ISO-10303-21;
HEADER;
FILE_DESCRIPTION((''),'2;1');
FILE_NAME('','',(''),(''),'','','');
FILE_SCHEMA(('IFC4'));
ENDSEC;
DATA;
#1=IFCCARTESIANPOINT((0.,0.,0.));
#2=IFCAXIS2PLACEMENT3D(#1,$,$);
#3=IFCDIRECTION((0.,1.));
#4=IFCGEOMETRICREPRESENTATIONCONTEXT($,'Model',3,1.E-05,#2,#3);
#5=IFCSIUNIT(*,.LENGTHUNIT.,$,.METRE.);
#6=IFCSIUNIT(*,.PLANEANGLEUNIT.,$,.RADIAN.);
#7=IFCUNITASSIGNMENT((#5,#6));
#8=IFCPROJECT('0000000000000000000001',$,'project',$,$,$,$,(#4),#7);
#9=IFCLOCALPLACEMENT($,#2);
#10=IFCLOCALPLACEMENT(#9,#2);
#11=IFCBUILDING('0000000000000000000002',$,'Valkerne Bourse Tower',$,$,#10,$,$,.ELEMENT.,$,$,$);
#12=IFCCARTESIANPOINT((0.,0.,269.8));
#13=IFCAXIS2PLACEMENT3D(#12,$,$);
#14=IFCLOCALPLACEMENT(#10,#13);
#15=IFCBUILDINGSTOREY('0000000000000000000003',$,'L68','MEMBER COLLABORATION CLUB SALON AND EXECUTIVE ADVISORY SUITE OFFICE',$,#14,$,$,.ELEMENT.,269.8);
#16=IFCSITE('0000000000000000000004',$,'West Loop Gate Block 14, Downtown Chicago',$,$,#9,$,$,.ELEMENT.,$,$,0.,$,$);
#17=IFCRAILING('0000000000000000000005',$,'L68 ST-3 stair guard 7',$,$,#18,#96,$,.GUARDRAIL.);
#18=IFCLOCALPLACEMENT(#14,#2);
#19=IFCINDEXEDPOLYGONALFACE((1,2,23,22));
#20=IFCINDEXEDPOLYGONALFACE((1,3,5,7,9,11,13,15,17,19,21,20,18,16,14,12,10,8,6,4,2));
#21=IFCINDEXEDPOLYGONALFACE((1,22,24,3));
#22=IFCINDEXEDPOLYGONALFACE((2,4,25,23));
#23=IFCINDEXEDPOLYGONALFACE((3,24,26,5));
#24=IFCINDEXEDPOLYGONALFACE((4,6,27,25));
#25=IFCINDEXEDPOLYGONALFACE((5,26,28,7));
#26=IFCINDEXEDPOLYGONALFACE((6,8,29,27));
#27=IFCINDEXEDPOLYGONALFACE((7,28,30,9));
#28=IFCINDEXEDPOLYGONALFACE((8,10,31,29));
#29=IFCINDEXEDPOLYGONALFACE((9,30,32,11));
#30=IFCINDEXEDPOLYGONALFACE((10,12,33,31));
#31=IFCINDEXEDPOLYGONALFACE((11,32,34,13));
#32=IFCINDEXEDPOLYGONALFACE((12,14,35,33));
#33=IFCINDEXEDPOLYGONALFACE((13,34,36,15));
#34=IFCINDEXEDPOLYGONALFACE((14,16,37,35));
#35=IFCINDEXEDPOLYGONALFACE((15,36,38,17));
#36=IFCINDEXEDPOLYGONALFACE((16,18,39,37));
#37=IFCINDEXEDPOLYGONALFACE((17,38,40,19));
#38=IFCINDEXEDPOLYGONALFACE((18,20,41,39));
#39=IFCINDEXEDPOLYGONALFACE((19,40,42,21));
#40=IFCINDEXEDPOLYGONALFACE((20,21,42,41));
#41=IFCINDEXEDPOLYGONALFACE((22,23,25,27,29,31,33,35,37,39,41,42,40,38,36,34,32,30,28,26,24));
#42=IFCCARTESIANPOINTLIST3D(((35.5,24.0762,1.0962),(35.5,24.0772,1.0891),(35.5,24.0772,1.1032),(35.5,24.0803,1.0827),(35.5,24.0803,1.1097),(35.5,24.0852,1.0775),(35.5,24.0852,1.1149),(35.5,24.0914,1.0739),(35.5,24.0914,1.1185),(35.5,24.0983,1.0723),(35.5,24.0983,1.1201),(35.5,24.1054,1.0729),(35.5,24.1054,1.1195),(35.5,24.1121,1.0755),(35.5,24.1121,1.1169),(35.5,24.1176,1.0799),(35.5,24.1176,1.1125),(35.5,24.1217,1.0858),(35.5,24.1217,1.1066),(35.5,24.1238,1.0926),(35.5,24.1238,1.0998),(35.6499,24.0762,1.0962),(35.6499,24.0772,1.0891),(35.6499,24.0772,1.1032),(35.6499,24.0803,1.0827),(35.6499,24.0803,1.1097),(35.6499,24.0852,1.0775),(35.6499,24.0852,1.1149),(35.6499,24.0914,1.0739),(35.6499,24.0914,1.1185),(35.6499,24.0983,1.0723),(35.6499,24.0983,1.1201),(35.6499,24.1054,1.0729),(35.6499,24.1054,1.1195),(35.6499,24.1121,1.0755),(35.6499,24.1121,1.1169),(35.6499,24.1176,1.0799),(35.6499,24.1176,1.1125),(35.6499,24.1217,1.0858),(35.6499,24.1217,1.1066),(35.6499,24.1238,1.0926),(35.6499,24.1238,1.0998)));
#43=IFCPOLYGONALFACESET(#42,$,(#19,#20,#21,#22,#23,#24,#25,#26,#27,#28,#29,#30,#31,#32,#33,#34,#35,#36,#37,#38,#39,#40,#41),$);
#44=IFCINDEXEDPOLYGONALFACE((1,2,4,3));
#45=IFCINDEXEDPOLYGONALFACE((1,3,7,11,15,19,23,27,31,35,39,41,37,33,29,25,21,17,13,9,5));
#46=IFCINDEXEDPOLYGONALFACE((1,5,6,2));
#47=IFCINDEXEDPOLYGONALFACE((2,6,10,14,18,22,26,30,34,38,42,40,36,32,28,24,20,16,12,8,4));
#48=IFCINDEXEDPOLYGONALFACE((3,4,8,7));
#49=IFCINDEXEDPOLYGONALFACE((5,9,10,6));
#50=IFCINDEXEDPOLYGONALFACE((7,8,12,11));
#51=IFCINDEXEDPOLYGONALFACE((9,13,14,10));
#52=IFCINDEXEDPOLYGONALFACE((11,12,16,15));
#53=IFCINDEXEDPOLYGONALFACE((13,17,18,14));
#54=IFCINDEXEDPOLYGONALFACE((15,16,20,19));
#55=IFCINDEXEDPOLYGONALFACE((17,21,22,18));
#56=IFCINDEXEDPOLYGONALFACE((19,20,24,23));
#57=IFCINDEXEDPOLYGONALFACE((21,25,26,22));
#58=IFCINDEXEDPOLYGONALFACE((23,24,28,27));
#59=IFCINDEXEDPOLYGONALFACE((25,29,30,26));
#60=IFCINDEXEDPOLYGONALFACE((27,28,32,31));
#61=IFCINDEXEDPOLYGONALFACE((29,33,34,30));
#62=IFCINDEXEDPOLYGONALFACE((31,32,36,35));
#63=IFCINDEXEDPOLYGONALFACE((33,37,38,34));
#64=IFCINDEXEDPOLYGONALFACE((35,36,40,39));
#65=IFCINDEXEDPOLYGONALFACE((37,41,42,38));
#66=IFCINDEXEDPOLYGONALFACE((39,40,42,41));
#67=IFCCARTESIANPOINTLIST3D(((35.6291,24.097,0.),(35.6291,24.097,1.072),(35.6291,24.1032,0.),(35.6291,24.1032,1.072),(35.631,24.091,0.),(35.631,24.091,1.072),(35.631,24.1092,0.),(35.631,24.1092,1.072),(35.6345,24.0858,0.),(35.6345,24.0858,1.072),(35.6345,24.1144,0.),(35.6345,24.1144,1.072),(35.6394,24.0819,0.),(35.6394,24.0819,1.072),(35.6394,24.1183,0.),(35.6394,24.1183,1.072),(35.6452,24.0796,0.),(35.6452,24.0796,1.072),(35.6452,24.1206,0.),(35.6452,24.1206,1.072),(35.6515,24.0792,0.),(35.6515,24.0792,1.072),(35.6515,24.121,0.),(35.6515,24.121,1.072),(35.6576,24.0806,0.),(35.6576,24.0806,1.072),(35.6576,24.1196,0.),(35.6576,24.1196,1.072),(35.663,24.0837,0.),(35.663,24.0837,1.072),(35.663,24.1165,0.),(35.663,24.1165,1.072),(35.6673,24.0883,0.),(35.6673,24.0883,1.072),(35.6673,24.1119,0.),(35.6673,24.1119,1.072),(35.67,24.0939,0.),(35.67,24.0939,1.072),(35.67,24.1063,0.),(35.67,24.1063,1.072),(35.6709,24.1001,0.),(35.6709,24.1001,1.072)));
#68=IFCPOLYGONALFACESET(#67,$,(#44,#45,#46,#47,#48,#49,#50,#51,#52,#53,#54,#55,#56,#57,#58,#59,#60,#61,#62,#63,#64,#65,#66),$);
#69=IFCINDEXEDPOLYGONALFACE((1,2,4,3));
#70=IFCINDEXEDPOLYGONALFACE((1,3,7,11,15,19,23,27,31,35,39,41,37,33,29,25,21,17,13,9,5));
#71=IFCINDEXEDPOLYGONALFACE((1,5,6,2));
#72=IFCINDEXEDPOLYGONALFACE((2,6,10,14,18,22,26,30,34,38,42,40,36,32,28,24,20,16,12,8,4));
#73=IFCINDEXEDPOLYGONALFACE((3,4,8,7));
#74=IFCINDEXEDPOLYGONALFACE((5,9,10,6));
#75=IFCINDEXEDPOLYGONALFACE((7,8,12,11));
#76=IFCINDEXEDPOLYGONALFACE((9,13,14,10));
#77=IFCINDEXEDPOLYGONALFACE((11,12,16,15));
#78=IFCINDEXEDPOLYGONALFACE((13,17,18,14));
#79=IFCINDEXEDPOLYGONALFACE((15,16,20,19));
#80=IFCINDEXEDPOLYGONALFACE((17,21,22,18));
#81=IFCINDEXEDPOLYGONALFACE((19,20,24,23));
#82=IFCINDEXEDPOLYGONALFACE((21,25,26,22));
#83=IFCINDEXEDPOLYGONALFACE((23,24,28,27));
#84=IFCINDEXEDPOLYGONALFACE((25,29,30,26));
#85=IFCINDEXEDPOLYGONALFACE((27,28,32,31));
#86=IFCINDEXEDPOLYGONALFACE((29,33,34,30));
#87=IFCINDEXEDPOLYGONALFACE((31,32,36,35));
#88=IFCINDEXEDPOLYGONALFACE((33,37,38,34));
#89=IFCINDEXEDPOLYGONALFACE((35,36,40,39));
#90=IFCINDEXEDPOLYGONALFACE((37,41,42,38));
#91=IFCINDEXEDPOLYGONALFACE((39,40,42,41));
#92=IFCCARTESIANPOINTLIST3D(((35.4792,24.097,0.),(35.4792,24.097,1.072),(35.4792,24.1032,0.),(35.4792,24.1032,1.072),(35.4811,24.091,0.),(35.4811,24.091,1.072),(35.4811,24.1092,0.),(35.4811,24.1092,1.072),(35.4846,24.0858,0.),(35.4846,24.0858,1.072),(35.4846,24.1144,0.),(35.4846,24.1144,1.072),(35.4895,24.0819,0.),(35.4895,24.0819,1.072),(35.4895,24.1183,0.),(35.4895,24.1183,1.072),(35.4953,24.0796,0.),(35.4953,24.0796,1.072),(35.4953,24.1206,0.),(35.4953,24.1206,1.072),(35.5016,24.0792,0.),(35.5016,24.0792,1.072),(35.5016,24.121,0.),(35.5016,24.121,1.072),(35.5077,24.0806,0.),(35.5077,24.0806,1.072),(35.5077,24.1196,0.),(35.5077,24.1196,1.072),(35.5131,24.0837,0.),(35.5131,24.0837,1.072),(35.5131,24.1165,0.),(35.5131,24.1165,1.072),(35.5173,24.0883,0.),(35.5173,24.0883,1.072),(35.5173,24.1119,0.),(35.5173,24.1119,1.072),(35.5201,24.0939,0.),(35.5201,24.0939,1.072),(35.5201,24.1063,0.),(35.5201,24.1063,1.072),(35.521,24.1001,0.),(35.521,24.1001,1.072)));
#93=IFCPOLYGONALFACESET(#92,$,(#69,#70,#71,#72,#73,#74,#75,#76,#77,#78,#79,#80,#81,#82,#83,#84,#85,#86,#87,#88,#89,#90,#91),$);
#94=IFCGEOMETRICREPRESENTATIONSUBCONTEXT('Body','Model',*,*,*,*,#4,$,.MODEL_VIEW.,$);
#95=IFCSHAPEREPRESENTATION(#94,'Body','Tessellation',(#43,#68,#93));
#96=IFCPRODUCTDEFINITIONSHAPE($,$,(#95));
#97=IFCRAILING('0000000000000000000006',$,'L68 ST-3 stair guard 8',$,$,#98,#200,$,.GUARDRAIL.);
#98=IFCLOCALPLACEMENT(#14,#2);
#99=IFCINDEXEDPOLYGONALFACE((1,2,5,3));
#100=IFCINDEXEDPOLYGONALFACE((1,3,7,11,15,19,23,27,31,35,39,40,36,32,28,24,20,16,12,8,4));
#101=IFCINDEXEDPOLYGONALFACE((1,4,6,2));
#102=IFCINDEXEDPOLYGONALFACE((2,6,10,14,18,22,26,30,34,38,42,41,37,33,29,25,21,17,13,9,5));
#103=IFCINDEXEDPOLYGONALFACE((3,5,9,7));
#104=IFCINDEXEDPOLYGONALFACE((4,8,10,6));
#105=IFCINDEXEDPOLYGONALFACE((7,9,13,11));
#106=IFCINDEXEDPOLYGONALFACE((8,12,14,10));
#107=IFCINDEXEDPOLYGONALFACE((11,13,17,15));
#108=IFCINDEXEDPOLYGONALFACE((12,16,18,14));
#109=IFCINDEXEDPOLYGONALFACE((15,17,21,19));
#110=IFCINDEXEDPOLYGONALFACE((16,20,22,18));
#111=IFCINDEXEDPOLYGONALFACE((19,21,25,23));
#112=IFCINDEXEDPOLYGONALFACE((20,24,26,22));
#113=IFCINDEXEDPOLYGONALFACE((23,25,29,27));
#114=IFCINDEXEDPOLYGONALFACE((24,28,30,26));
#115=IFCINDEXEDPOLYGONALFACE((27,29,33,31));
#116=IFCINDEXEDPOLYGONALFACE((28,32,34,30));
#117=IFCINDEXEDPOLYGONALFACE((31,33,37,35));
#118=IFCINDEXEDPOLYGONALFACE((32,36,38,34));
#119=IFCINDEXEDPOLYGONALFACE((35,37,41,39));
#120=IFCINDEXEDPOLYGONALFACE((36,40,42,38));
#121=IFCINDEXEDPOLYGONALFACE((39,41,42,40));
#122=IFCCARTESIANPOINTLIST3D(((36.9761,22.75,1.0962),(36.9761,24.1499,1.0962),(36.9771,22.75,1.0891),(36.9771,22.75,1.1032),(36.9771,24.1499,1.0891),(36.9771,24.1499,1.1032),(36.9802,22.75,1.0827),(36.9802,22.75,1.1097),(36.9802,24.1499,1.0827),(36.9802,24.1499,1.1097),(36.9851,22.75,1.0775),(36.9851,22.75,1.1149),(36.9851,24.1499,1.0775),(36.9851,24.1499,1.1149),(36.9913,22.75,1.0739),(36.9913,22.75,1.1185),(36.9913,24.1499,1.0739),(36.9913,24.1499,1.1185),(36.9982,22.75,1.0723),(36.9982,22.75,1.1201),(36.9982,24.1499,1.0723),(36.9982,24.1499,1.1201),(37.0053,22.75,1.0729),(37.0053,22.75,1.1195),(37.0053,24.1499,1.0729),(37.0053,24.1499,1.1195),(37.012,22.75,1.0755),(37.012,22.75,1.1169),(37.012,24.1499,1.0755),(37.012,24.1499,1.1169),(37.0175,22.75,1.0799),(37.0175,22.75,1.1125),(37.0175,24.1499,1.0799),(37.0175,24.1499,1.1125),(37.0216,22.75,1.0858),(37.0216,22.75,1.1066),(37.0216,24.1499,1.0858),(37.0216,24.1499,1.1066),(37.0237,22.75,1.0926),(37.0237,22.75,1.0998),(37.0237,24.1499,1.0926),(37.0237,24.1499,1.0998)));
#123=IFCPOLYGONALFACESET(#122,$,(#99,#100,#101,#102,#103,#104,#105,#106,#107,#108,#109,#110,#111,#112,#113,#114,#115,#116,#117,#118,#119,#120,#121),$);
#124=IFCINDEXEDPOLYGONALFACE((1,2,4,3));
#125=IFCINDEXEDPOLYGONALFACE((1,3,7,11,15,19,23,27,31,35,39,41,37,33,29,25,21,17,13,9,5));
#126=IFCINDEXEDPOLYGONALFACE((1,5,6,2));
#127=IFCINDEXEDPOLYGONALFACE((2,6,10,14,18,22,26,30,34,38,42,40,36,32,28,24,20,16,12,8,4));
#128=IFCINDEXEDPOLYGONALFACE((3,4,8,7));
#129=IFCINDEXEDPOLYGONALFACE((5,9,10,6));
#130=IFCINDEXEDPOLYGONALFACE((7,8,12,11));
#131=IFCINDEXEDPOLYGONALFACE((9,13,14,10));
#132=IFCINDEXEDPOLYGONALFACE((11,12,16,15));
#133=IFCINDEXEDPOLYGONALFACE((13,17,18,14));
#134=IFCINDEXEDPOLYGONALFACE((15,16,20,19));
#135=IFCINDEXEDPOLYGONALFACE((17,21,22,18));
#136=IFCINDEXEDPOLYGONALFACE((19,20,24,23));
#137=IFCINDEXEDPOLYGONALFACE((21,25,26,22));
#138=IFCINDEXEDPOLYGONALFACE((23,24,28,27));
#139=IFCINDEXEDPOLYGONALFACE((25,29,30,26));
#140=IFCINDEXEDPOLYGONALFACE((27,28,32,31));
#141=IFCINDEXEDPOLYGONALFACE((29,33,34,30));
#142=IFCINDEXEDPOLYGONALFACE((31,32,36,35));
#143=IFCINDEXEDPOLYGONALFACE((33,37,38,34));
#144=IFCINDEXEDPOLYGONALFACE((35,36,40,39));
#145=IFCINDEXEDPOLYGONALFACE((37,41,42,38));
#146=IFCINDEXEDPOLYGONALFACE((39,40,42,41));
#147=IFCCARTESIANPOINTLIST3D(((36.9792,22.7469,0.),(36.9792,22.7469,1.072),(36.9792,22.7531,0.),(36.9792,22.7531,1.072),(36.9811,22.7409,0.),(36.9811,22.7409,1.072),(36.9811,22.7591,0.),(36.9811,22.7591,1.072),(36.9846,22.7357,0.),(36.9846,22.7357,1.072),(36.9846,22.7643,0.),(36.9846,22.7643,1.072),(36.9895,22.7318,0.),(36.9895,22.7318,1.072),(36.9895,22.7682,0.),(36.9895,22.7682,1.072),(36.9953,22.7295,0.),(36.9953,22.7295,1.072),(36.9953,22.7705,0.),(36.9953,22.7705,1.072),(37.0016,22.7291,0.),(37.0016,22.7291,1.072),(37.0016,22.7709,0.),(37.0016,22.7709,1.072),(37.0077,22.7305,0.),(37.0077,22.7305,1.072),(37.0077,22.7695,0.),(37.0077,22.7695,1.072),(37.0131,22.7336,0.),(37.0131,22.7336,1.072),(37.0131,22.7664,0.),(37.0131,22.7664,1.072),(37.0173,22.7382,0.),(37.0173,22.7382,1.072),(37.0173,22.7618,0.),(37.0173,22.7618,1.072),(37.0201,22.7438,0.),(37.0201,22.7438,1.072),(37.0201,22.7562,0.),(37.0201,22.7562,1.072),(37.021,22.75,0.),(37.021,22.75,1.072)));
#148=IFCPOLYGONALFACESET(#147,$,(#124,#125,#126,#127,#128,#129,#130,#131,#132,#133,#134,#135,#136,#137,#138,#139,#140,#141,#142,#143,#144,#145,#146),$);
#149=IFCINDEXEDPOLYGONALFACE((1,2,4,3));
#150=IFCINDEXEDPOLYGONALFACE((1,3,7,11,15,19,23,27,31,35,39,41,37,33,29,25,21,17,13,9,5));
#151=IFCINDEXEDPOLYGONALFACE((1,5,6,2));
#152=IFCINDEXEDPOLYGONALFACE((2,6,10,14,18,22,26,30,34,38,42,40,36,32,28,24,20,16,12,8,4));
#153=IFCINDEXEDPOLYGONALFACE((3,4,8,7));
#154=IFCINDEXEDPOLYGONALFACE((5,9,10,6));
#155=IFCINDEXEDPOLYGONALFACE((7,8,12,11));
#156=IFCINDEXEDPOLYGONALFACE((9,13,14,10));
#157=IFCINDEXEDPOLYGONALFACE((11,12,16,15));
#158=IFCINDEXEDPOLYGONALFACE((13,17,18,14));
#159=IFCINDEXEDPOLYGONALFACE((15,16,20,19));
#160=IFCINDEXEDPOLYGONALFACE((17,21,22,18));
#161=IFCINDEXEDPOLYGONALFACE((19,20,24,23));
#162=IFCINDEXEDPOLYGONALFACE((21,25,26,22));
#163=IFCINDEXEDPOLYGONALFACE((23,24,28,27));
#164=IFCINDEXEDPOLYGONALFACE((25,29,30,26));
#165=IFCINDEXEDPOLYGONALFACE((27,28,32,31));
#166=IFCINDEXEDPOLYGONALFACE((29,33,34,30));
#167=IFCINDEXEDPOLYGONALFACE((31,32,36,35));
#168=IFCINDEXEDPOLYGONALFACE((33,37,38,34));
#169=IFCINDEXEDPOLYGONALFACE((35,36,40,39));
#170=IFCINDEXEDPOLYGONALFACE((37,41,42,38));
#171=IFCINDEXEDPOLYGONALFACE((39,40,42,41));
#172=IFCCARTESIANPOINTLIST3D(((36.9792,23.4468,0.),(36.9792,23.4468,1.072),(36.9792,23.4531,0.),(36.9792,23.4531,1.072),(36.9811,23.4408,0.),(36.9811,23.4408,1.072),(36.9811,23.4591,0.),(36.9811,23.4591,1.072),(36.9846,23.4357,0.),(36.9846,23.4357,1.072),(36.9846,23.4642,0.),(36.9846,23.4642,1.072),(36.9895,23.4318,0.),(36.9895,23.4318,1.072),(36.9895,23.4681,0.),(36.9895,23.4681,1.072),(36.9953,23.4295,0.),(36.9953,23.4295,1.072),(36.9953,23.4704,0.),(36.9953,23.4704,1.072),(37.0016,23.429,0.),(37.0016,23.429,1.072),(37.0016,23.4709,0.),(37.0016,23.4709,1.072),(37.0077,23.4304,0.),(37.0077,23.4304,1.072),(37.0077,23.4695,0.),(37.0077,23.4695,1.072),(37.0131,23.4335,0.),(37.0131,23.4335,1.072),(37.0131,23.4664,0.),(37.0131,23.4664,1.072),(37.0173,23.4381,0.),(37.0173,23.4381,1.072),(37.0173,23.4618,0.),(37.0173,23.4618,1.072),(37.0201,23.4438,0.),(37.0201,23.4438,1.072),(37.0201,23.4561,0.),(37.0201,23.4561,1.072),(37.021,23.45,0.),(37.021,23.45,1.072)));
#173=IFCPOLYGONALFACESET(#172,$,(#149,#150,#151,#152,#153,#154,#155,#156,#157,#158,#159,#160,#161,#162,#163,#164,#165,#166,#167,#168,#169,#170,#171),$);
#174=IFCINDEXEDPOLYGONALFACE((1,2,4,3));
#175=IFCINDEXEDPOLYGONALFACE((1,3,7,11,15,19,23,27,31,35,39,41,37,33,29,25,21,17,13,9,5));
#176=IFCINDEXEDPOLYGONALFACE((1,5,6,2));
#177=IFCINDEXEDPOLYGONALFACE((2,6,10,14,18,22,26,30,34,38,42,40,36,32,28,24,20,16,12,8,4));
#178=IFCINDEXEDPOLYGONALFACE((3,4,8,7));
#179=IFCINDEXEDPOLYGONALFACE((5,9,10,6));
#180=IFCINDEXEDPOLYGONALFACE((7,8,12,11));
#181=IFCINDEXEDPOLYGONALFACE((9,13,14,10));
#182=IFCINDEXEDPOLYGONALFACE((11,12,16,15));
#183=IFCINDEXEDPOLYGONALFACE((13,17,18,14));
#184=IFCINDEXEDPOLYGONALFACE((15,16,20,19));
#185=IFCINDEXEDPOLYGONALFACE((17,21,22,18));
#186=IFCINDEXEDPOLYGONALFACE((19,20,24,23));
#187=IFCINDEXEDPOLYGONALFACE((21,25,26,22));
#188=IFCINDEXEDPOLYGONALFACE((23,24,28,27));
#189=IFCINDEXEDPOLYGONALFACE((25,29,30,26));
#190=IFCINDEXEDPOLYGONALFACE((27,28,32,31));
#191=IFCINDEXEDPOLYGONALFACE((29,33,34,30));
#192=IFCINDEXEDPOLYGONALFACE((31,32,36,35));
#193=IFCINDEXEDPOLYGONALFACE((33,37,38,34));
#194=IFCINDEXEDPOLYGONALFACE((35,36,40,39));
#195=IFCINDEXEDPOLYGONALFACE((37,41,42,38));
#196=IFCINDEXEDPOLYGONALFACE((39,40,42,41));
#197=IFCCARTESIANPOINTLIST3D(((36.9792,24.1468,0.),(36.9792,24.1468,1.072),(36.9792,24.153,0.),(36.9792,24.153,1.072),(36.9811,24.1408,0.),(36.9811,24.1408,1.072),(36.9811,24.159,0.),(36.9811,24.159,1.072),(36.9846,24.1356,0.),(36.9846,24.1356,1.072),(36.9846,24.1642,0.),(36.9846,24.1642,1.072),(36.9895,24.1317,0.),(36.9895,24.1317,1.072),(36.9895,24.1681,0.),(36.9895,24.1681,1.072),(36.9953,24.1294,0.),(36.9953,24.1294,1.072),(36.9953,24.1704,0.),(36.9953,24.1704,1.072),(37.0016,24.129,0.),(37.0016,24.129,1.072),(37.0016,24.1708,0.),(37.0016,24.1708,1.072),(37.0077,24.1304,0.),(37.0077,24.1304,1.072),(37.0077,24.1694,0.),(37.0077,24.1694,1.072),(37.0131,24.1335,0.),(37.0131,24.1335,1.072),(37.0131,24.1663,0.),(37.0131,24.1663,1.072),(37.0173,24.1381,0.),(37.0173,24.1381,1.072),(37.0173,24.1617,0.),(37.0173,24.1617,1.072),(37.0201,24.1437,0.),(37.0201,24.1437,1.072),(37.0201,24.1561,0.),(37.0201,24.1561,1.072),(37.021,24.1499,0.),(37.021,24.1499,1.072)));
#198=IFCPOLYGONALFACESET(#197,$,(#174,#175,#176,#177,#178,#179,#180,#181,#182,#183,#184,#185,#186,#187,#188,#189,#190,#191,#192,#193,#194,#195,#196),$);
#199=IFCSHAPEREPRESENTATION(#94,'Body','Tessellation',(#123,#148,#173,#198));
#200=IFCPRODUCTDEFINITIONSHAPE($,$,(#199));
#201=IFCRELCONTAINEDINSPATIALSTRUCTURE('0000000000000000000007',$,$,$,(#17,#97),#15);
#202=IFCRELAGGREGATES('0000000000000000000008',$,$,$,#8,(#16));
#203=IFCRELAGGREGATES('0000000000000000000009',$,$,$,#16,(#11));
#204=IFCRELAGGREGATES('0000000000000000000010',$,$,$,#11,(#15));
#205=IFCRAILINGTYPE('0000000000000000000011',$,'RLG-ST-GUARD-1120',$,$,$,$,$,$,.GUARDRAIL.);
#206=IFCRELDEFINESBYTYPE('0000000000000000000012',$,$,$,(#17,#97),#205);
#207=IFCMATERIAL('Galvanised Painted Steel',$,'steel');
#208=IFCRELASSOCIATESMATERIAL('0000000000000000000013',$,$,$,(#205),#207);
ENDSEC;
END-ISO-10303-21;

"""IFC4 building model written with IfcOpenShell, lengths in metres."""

from ifc_helpers import new_model, si_unit, direction, frame, origin, origin_2d, place, context, subcontext, project, spatial, circle, extrude, material, type_object, element, save


model = new_model("IFC4")

# Units and contexts
model_context = context("Model", 3, precision=1e-05, world=origin(), true_north=direction((0.0, 1.0)))
body_context = subcontext(model_context, "Body", "Model", "MODEL_VIEW")
ifc_project = project(units=[si_unit("LENGTHUNIT", "METRE"), si_unit("PLANEANGLEUNIT", "RADIAN")], contexts=[model_context])

# Site, building, storey
site_placement = place(None, origin())
site = spatial("IfcSite", under=ifc_project, at=site_placement, Name="West Loop Gate Block 14, Downtown Chicago", CompositionType="ELEMENT", RefElevation=0.0)
building_placement = place(site_placement, origin())
building = spatial("IfcBuilding", under=site, at=building_placement, Name="Valkerne Bourse Tower", CompositionType="ELEMENT")
storey_placement = place(building_placement, frame((0.0, 0.0, 269.8)))
storey = spatial("IfcBuildingStorey", under=building, at=storey_placement, Name="L68", Description="MEMBER COLLABORATION CLUB SALON AND EXECUTIVE ADVISORY SUITE OFFICE", CompositionType="ELEMENT", Elevation=269.8)

# Railings
ifc_material_1 = material(Name="Galvanised Painted Steel", Category="steel")
railing_type_1 = type_object("IfcRailingType", Name="RLG-ST-GUARD-1120", PredefinedType="GUARDRAIL", material=ifc_material_1)
railing_1_placement = place(storey_placement, frame((35.6499, 24.1001, 0.0)))
element("IfcRailing", 1, at=railing_1_placement, inside=storey, type_object=railing_type_1, Name="L68 ST-3 stair guard 7", PredefinedType="GUARDRAIL", context=body_context, shape_type="SweptSolid", body=[
    extrude(circle(Radius=0.0239, at=origin_2d()), frame((0.0, 0.0, 1.0962), z_axis=(-1.0, 0.0, 0.0), x_axis=(0.0, -1.0, 0.0)), (0.0, 0.0, 1.0), 0.1499),
    extrude(circle(Radius=0.021, at=origin_2d()), origin(), (0.0, 0.0, 1.0), 1.072),
    extrude(circle(Radius=0.021, at=origin_2d()), frame((-0.1499, 0.0, 0.0)), (0.0, 0.0, 1.0), 1.072),
])
railing_2_placement = place(storey_placement, frame((37.0, 22.75, 0.0)))
element("IfcRailing", 2, at=railing_2_placement, inside=storey, type_object=railing_type_1, Name="L68 ST-3 stair guard 8", PredefinedType="GUARDRAIL", context=body_context, shape_type="SweptSolid", body=[
    extrude(circle(Radius=0.0239, at=origin_2d()), frame((0.0, 0.0, 1.0962), z_axis=(0.0, 1.0, 0.0), x_axis=(-1.0, 0.0, 0.0)), (0.0, 0.0, 1.0), 1.3999),
    extrude(circle(Radius=0.021, at=origin_2d()), origin(), (0.0, 0.0, 1.0), 1.072),
    extrude(circle(Radius=0.021, at=origin_2d()), frame((0.0, 0.7, 0.0)), (0.0, 0.0, 1.0), 1.072),
    extrude(circle(Radius=0.021, at=origin_2d()), frame((0.0, 1.3999, 0.0)), (0.0, 0.0, 1.0), 1.072),
])

save(model, "model.ifc")
